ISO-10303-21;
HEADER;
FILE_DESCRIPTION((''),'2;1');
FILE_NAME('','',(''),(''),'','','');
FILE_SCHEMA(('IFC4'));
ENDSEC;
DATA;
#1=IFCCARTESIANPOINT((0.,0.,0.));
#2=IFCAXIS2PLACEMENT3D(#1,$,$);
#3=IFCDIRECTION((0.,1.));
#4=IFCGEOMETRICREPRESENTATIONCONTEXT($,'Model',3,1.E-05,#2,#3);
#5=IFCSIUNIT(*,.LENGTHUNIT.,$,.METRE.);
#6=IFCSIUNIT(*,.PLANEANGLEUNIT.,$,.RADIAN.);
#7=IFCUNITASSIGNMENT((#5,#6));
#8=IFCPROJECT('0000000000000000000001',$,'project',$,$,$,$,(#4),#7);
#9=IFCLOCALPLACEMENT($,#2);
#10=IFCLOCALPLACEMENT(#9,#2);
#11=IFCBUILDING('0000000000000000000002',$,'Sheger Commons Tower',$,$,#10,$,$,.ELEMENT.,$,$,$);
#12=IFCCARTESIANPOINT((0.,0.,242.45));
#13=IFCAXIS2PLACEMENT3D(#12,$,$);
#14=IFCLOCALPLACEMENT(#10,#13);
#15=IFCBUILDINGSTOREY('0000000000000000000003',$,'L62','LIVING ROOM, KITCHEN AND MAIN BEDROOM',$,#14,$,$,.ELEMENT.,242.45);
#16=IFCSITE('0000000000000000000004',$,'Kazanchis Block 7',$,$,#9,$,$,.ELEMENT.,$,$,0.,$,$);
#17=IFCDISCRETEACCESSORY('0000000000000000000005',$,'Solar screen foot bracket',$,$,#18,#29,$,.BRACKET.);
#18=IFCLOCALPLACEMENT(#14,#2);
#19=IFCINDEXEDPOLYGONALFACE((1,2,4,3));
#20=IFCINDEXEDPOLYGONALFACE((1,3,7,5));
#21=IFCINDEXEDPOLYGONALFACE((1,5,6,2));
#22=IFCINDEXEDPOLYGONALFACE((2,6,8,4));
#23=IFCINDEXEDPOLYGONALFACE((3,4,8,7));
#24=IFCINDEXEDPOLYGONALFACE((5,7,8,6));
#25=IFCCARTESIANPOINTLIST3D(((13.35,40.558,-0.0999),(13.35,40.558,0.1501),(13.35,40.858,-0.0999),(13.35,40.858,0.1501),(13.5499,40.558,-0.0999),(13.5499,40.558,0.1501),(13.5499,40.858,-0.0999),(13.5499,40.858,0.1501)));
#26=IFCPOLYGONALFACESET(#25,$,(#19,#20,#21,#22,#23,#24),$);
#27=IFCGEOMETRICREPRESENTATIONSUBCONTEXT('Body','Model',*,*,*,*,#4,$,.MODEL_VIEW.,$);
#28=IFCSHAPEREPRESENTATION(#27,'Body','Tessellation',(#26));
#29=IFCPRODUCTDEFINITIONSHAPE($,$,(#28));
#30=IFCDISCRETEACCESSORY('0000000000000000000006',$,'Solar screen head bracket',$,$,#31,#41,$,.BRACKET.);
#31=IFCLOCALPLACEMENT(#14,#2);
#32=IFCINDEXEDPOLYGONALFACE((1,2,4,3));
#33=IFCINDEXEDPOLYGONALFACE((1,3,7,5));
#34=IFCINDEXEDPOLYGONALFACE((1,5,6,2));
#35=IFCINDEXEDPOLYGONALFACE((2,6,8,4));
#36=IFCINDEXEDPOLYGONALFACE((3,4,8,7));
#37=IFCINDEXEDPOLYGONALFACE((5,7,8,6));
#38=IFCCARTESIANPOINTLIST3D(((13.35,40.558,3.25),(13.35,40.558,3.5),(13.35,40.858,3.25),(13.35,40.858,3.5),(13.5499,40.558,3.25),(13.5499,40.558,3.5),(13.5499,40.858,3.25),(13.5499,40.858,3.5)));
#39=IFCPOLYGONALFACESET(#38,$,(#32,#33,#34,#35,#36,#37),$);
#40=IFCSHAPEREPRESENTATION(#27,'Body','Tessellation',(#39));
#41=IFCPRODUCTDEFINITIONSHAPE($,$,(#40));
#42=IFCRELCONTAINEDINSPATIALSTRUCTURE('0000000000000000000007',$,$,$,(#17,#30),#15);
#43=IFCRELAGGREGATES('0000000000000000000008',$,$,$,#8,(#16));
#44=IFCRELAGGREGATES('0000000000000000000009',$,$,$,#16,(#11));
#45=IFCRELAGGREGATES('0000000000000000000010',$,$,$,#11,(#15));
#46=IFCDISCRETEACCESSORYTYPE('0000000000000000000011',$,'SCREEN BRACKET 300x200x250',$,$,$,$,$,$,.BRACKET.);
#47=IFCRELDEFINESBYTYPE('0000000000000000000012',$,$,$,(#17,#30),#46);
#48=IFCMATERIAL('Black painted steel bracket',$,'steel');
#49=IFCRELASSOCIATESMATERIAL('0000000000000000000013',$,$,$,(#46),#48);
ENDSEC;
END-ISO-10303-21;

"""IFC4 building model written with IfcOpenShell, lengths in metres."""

from ifc_helpers import new_model, si_unit, direction, frame, origin, origin_2d, place, context, subcontext, project, spatial, rectangle, extrude, material, type_object, element, save


model = new_model("IFC4")

# Units and contexts
model_context = context("Model", 3, precision=1e-05, world=origin(), true_north=direction((0.0, 1.0)))
body_context = subcontext(model_context, "Body", "Model", "MODEL_VIEW")
ifc_project = project(units=[si_unit("LENGTHUNIT", "METRE"), si_unit("PLANEANGLEUNIT", "RADIAN")], contexts=[model_context])

# Site, building, storey
site_placement = place(None, origin())
site = spatial("IfcSite", under=ifc_project, at=site_placement, Name="Kazanchis Block 7", CompositionType="ELEMENT", RefElevation=0.0)
building_placement = place(site_placement, origin())
building = spatial("IfcBuilding", under=site, at=building_placement, Name="Sheger Commons Tower", CompositionType="ELEMENT")
storey_placement = place(building_placement, frame((0.0, 0.0, 242.45)))
storey = spatial("IfcBuildingStorey", under=building, at=storey_placement, Name="L62", Description="LIVING ROOM, KITCHEN AND MAIN BEDROOM", CompositionType="ELEMENT", Elevation=242.45)

# Discrete accessories
ifc_material_1 = material(Name="Black painted steel bracket", Category="steel")
discrete_accessory_type = type_object("IfcDiscreteAccessoryType", Name="SCREEN BRACKET 300x200x250", PredefinedType="BRACKET", material=ifc_material_1)
for number, where, z_axis, x_axis, name in (
    (1, (13.45, 40.708, -0.0999), (0.0, 0.0, 1.0), (0.0, -1.0, 0.0), "Solar screen foot bracket"),
    (2, (13.45, 40.708, 3.25), (0.0, 0.0, 1.0), (0.0, -1.0, 0.0), "Solar screen head bracket"),
):
    element("IfcDiscreteAccessory", number, at=place(storey_placement, frame(where, z_axis=z_axis, x_axis=x_axis)), inside=storey, type_object=discrete_accessory_type, Name=name, PredefinedType="BRACKET", context=body_context, shape_type="SweptSolid", body=[
        extrude(rectangle(XDim=0.3, YDim=0.2, at=origin_2d()), origin(), (0.0, 0.0, 1.0), 0.25),
    ])

save(model, "model.ifc")
